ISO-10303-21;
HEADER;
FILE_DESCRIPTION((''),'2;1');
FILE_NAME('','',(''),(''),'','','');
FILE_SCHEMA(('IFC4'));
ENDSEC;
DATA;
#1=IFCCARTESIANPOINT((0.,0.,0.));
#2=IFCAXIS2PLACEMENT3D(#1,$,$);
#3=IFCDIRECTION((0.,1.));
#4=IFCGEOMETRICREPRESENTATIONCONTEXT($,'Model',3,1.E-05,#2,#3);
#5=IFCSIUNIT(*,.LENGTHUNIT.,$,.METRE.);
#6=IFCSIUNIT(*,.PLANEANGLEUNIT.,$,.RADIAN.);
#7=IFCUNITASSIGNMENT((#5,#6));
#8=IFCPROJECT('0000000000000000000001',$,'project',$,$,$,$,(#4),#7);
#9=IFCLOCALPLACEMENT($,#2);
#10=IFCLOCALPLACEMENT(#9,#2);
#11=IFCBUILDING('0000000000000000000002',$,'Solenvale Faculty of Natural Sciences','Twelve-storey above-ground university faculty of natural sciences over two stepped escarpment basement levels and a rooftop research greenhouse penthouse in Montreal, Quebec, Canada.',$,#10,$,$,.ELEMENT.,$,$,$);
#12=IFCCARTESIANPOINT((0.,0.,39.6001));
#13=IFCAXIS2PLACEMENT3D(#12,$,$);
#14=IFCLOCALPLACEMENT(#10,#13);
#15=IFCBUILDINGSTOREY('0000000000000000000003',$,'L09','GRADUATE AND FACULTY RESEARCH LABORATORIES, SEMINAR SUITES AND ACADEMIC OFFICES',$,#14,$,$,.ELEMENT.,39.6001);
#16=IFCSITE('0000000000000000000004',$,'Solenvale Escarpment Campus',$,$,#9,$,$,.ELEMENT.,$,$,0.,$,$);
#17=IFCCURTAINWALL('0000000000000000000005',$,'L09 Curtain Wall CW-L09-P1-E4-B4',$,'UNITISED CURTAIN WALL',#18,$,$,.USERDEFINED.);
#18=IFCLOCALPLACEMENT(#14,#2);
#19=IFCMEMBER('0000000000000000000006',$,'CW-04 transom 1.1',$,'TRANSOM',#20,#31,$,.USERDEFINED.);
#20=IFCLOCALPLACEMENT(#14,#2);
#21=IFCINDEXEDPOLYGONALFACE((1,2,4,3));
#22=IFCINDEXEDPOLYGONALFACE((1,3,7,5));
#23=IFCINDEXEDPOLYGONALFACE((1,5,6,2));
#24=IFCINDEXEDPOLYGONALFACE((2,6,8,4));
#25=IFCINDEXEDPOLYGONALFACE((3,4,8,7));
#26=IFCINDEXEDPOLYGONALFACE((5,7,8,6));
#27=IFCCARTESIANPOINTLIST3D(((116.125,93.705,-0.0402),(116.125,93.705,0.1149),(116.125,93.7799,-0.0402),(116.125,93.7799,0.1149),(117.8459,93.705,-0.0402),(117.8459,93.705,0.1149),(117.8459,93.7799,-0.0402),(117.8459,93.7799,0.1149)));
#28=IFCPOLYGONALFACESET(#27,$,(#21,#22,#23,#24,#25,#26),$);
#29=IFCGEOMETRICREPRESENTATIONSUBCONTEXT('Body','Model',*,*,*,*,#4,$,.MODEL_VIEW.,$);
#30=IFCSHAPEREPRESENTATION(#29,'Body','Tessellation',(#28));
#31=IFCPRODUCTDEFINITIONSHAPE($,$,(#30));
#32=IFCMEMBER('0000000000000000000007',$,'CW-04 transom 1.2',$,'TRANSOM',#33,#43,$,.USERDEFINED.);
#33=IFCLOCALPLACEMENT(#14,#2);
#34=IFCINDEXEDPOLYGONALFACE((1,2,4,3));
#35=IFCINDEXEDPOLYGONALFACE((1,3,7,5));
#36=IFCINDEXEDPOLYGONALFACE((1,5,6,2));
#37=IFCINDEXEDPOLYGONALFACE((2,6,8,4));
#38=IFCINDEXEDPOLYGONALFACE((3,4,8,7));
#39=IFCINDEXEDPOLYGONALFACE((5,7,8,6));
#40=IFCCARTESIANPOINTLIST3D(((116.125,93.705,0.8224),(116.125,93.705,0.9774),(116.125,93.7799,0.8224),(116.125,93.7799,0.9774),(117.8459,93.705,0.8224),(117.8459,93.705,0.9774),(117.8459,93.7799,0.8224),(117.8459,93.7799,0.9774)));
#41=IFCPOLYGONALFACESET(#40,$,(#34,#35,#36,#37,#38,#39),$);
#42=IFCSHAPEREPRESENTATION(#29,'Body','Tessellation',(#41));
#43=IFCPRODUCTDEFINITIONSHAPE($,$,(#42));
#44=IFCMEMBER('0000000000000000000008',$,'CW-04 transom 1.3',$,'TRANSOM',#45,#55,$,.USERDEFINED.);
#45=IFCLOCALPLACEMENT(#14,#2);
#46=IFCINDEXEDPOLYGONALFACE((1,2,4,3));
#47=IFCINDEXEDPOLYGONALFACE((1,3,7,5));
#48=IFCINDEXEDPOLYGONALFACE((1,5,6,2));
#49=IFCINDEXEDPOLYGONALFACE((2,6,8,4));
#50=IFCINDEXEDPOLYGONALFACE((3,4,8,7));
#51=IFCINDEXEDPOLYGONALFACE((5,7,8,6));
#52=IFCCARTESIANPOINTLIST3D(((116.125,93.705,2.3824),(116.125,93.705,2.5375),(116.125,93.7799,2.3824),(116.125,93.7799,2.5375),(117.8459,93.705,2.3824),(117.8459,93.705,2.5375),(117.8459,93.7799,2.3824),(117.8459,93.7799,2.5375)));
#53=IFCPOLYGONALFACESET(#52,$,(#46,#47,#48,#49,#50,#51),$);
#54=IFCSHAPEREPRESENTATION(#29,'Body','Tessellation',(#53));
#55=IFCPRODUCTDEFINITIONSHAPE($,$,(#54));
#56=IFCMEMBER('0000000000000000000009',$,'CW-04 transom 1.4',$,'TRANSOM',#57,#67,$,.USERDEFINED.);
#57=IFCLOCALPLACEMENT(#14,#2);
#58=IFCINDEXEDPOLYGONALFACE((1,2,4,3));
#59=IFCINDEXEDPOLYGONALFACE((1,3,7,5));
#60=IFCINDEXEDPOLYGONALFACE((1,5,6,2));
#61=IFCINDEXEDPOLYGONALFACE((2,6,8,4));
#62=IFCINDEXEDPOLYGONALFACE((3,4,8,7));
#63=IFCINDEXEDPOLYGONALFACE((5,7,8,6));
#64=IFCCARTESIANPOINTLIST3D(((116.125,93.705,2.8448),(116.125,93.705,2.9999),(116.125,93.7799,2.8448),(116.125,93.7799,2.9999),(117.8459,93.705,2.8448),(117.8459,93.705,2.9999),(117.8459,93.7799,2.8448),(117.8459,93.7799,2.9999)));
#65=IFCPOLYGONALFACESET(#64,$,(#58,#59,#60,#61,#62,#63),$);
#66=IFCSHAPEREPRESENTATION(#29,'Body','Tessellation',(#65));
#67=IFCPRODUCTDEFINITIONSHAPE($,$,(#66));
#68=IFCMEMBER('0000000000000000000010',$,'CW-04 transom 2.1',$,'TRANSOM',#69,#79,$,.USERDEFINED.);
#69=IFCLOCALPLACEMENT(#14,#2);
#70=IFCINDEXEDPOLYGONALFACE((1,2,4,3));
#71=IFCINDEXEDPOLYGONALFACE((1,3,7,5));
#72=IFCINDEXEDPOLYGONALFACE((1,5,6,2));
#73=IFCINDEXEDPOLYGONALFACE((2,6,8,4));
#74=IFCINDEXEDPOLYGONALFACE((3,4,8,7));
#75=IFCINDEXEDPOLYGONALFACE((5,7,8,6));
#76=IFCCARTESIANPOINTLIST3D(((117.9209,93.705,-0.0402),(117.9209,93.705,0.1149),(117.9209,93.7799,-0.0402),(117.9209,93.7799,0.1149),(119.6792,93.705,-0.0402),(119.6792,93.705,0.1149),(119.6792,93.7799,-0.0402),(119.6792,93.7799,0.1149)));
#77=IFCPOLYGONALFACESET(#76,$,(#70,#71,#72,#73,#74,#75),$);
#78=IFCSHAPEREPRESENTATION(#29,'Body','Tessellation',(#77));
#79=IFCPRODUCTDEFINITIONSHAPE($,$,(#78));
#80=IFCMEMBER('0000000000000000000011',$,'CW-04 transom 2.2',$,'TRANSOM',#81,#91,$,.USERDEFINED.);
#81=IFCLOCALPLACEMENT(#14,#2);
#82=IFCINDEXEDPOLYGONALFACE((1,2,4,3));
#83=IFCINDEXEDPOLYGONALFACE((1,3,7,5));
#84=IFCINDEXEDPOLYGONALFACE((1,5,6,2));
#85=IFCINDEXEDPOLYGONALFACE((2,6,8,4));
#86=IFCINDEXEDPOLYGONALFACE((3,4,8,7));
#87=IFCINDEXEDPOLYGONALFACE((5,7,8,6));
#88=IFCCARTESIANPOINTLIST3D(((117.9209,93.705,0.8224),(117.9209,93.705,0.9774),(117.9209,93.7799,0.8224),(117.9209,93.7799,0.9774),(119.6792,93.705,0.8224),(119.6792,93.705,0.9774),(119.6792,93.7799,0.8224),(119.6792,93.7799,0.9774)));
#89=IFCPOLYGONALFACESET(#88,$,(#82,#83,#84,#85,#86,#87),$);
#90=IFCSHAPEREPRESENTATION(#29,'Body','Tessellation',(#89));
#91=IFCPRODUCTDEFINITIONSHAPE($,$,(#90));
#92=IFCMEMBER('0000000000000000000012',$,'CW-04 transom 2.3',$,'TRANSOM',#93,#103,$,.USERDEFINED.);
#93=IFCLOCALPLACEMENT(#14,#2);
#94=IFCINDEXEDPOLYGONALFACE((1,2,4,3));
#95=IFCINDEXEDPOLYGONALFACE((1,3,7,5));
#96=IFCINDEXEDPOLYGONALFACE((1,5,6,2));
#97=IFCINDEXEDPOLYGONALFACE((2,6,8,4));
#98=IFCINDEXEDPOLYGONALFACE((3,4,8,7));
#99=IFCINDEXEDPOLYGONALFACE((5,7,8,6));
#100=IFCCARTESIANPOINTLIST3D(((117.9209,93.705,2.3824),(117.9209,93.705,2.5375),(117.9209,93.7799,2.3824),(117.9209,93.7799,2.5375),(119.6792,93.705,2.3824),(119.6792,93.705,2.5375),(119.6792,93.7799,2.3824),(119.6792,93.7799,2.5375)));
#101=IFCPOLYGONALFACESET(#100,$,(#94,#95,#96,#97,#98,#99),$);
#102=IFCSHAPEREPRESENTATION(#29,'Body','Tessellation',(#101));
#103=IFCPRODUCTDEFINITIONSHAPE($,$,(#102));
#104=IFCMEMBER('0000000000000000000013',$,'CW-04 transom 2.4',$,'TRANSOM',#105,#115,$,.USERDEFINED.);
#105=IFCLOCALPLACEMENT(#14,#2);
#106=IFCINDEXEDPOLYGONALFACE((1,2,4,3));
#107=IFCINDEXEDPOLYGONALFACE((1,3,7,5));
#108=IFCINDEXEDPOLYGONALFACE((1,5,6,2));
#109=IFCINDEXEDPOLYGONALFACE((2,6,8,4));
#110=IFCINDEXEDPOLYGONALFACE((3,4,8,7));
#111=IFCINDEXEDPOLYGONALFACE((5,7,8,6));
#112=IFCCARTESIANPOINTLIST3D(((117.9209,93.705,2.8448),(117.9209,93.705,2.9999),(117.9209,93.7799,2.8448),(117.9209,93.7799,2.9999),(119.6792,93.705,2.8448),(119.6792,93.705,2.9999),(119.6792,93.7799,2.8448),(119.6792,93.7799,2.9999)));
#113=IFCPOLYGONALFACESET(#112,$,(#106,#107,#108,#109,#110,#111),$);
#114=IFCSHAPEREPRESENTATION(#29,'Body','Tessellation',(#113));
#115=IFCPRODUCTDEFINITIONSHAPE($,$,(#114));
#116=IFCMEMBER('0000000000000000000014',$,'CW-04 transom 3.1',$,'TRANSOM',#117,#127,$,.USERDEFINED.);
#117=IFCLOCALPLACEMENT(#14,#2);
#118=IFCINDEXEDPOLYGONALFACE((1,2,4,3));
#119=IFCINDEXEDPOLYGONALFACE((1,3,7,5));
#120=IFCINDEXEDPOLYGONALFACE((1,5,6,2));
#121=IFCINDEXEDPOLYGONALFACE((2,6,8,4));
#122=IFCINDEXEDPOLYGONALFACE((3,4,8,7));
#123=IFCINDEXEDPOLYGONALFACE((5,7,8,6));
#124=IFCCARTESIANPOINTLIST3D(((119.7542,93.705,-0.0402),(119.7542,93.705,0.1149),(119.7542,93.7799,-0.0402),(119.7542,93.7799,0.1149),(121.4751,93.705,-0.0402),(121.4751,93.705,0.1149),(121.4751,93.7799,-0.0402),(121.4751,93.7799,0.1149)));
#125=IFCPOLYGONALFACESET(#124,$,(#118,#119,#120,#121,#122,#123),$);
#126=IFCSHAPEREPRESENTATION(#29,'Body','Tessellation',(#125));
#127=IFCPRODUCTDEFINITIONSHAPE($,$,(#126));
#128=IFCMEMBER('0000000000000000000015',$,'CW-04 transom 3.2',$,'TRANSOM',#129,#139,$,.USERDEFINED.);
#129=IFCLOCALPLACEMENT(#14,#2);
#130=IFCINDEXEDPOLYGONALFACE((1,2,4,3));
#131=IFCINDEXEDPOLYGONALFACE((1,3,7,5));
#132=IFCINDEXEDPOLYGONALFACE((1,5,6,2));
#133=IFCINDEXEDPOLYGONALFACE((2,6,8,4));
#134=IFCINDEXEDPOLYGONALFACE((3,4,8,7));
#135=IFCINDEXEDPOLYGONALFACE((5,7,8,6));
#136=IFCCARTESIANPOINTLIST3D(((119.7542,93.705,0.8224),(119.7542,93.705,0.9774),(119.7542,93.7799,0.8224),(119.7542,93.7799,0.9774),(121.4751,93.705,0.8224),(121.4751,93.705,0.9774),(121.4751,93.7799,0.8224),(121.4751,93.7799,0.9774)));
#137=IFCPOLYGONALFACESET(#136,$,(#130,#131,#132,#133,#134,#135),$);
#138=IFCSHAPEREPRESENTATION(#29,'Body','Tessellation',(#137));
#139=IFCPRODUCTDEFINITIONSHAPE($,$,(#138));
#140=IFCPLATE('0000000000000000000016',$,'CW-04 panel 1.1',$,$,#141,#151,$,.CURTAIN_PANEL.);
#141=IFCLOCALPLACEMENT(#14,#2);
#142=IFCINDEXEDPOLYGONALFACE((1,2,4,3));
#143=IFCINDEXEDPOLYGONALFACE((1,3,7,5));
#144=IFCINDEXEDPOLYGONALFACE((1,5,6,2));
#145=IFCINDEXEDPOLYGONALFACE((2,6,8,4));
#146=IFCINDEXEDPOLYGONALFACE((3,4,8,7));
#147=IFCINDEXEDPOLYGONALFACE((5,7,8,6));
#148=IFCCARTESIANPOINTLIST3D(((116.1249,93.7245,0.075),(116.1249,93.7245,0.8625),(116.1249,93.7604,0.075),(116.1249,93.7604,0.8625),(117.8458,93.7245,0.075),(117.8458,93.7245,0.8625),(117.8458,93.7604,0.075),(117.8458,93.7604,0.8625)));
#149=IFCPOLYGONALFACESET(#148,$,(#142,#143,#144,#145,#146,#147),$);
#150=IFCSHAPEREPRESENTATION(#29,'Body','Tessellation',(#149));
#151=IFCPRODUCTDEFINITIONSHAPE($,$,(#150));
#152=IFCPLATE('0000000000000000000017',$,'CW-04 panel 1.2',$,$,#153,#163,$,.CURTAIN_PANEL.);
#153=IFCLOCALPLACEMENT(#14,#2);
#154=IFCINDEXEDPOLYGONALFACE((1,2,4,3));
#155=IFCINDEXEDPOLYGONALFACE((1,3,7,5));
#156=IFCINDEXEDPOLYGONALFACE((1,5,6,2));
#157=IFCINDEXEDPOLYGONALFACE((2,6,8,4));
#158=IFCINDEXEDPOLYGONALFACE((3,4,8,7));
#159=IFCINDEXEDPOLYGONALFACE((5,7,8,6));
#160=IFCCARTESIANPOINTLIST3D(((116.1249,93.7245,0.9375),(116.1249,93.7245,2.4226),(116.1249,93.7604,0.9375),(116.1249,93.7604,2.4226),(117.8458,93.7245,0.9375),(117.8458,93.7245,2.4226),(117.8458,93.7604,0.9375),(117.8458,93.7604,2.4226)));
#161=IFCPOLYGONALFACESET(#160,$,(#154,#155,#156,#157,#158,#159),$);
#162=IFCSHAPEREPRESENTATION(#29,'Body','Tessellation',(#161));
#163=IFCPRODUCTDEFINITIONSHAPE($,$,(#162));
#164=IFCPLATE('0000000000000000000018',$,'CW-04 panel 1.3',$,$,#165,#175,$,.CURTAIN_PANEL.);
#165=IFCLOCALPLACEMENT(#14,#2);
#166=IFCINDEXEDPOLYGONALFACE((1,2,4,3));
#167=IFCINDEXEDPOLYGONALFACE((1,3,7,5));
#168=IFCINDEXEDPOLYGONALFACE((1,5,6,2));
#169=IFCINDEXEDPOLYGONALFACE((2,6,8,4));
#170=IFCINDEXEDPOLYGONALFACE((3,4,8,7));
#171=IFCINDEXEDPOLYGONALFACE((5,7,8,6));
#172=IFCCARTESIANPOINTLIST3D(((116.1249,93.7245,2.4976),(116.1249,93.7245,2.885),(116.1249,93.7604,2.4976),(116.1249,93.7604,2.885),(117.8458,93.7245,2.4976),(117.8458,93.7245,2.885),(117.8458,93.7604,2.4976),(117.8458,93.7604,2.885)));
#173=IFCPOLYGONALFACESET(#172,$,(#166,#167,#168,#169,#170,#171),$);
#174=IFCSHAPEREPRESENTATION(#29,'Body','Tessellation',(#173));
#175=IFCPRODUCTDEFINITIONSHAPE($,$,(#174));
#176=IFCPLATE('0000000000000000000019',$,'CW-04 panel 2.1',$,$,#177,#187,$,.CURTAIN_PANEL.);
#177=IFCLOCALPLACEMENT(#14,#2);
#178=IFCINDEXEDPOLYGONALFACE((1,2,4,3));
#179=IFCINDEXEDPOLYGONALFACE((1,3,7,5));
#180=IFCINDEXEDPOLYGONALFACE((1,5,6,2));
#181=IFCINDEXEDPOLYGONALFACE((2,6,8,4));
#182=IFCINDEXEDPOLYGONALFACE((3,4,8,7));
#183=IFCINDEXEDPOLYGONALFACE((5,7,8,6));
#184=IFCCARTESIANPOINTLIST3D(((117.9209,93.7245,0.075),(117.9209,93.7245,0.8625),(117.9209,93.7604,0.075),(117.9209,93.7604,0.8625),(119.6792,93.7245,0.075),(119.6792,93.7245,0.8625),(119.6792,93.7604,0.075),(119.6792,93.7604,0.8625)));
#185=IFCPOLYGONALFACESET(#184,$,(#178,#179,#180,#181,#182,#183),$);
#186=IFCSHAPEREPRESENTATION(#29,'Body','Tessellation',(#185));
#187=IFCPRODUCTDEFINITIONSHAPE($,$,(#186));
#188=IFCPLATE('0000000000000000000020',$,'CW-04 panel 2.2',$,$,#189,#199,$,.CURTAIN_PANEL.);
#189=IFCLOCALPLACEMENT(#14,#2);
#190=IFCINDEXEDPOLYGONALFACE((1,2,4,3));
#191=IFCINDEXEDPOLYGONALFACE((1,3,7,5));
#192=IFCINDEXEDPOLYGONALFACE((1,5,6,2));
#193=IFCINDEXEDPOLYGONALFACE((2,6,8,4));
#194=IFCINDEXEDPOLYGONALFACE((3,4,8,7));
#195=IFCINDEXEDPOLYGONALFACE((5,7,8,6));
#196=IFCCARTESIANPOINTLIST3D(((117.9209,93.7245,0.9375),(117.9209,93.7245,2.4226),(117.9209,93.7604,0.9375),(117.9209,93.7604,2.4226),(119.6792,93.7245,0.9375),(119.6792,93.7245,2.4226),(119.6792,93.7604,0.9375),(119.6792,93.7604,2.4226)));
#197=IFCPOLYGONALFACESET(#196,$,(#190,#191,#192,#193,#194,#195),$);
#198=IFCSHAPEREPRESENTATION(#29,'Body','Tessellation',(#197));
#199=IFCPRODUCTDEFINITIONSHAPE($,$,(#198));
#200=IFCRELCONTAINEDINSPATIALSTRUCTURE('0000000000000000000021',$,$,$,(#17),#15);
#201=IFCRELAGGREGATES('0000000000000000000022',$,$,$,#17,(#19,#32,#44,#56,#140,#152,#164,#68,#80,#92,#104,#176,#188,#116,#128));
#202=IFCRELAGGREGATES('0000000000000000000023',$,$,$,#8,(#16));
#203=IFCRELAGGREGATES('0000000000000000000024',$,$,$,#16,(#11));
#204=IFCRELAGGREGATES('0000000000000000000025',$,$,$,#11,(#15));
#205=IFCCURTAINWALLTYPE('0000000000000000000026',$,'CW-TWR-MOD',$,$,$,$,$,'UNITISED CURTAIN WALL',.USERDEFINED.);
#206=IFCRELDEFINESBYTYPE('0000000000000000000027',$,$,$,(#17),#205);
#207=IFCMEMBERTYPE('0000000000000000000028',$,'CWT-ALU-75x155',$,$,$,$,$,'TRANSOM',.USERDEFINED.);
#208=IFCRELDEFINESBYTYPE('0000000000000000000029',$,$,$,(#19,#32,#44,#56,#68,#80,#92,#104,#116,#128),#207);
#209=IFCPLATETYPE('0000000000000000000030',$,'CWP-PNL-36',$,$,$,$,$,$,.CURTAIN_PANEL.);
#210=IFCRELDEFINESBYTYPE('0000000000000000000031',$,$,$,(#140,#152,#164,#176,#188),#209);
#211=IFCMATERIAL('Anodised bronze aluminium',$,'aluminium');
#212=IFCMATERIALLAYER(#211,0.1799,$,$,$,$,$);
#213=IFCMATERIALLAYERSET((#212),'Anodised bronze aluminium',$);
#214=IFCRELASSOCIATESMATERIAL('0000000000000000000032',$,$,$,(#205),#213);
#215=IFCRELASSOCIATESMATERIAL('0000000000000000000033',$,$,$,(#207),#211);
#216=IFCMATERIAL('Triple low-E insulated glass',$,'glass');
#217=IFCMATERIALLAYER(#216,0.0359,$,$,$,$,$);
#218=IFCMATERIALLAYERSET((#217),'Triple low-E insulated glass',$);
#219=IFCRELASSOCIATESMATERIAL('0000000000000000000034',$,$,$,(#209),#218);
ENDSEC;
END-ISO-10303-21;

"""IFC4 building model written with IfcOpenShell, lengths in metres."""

from ifc_helpers import new_model, si_unit, direction, frame, origin, origin_2d, place, context, subcontext, project, spatial, rectangle, extrude, material, layer, layer_set, material_profile, profile_set, type_object, element, aggregate, save


model = new_model("IFC4")

# Units and contexts
model_context = context("Model", 3, precision=1e-05, world=origin(), true_north=direction((0.0, 1.0)))
body_context = subcontext(model_context, "Body", "Model", "MODEL_VIEW")
ifc_project = project(units=[si_unit("LENGTHUNIT", "METRE"), si_unit("PLANEANGLEUNIT", "RADIAN")], contexts=[model_context])

# Site, building, storey
site_placement = place(None, origin())
site = spatial("IfcSite", under=ifc_project, at=site_placement, Name="Solenvale Escarpment Campus", CompositionType="ELEMENT", RefElevation=0.0)
building_placement = place(site_placement, origin())
building = spatial("IfcBuilding", under=site, at=building_placement, Name="Solenvale Faculty of Natural Sciences", Description="Twelve-storey above-ground university faculty of natural sciences over two stepped escarpment basement levels and a rooftop research greenhouse penthouse in Montreal, Quebec, Canada.", CompositionType="ELEMENT")
storey_placement = place(building_placement, frame((0.0, 0.0, 39.6001)))
storey = spatial("IfcBuildingStorey", under=building, at=storey_placement, Name="L09", Description="GRADUATE AND FACULTY RESEARCH LABORATORIES, SEMINAR SUITES AND ACADEMIC OFFICES", CompositionType="ELEMENT", Elevation=39.6001)

# Curtain wall, members, plates
ifc_material_1 = material(Name="Anodised bronze aluminium", Category="aluminium")
ifc_layer_1 = layer(ifc_material_1, 0.1799)
ifc_layer_set_1 = layer_set([ifc_layer_1], Name="Anodised bronze aluminium")
curtain_wall_type = type_object("IfcCurtainWallType", Name="CW-TWR-MOD", ElementType="UNITISED CURTAIN WALL", PredefinedType="USERDEFINED", material=ifc_layer_set_1)
curtain_wall_placement = place(storey_placement, origin())
curtain_wall = element("IfcCurtainWall", 1, at=curtain_wall_placement, inside=storey, type_object=curtain_wall_type, Name="L09 Curtain Wall CW-L09-P1-E4-B4", ObjectType="UNITISED CURTAIN WALL", PredefinedType="USERDEFINED")
ifc_material_profile_1 = material_profile(ifc_material_1, rectangle(XDim=0.075, YDim=0.155, at=origin_2d()), Name="ALU-TRN-75x155")
ifc_profile_set_1 = profile_set([ifc_material_profile_1], Name="Anodised bronze aluminium")
member_type_1 = type_object("IfcMemberType", Name="CWT-ALU-75x155", ElementType="TRANSOM", PredefinedType="USERDEFINED", material=ifc_profile_set_1)
member_1_placement = place(storey_placement, frame((116.125, 93.7424, 0.0374), z_axis=(1.0, 0.0, 0.0), x_axis=(0.0, 1.0, 0.0)))
member_1 = element("IfcMember", 2, at=member_1_placement, type_object=member_type_1, Name="CW-04 transom 1.1", ObjectType="TRANSOM", PredefinedType="USERDEFINED", context=body_context, shape_type="SweptSolid", body=[
    extrude(rectangle(XDim=0.075, YDim=0.155, at=origin_2d()), origin(), (0.0, 0.0, 1.0), 1.7209),
])
member_2_placement = place(storey_placement, frame((116.125, 93.7424, 0.8999), z_axis=(1.0, 0.0, 0.0), x_axis=(0.0, 1.0, 0.0)))
member_2 = element("IfcMember", 3, at=member_2_placement, type_object=member_type_1, Name="CW-04 transom 1.2", ObjectType="TRANSOM", PredefinedType="USERDEFINED", context=body_context, shape_type="SweptSolid", body=[
    extrude(rectangle(XDim=0.075, YDim=0.155, at=origin_2d()), origin(), (0.0, 0.0, 1.0), 1.7209),
])
member_3_placement = place(storey_placement, frame((116.125, 93.7424, 2.46), z_axis=(1.0, 0.0, 0.0), x_axis=(0.0, 1.0, 0.0)))
member_3 = element("IfcMember", 4, at=member_3_placement, type_object=member_type_1, Name="CW-04 transom 1.3", ObjectType="TRANSOM", PredefinedType="USERDEFINED", context=body_context, shape_type="SweptSolid", body=[
    extrude(rectangle(XDim=0.075, YDim=0.155, at=origin_2d()), origin(), (0.0, 0.0, 1.0), 1.7209),
])
member_4_placement = place(storey_placement, frame((116.125, 93.7424, 2.9224), z_axis=(1.0, 0.0, 0.0), x_axis=(0.0, 1.0, 0.0)))
member_4 = element("IfcMember", 5, at=member_4_placement, type_object=member_type_1, Name="CW-04 transom 1.4", ObjectType="TRANSOM", PredefinedType="USERDEFINED", context=body_context, shape_type="SweptSolid", body=[
    extrude(rectangle(XDim=0.075, YDim=0.155, at=origin_2d()), origin(), (0.0, 0.0, 1.0), 1.7209),
])
member_5_placement = place(storey_placement, frame((117.9209, 93.7424, 0.0374), z_axis=(1.0, 0.0, 0.0), x_axis=(0.0, 1.0, 0.0)))
member_5 = element("IfcMember", 6, at=member_5_placement, type_object=member_type_1, Name="CW-04 transom 2.1", ObjectType="TRANSOM", PredefinedType="USERDEFINED", context=body_context, shape_type="SweptSolid", body=[
    extrude(rectangle(XDim=0.075, YDim=0.155, at=origin_2d()), origin(), (0.0, 0.0, 1.0), 1.7583),
])
member_6_placement = place(storey_placement, frame((117.9209, 93.7424, 0.8999), z_axis=(1.0, 0.0, 0.0), x_axis=(0.0, 1.0, 0.0)))
member_6 = element("IfcMember", 7, at=member_6_placement, type_object=member_type_1, Name="CW-04 transom 2.2", ObjectType="TRANSOM", PredefinedType="USERDEFINED", context=body_context, shape_type="SweptSolid", body=[
    extrude(rectangle(XDim=0.075, YDim=0.155, at=origin_2d()), origin(), (0.0, 0.0, 1.0), 1.7583),
])
member_7_placement = place(storey_placement, frame((117.9209, 93.7424, 2.46), z_axis=(1.0, 0.0, 0.0), x_axis=(0.0, 1.0, 0.0)))
member_7 = element("IfcMember", 8, at=member_7_placement, type_object=member_type_1, Name="CW-04 transom 2.3", ObjectType="TRANSOM", PredefinedType="USERDEFINED", context=body_context, shape_type="SweptSolid", body=[
    extrude(rectangle(XDim=0.075, YDim=0.155, at=origin_2d()), origin(), (0.0, 0.0, 1.0), 1.7583),
])
member_8_placement = place(storey_placement, frame((117.9209, 93.7424, 2.9224), z_axis=(1.0, 0.0, 0.0), x_axis=(0.0, 1.0, 0.0)))
member_8 = element("IfcMember", 9, at=member_8_placement, type_object=member_type_1, Name="CW-04 transom 2.4", ObjectType="TRANSOM", PredefinedType="USERDEFINED", context=body_context, shape_type="SweptSolid", body=[
    extrude(rectangle(XDim=0.075, YDim=0.155, at=origin_2d()), origin(), (0.0, 0.0, 1.0), 1.7583),
])
member_9_placement = place(storey_placement, frame((119.7542, 93.7424, 0.0374), z_axis=(1.0, 0.0, 0.0), x_axis=(0.0, 1.0, 0.0)))
member_9 = element("IfcMember", 10, at=member_9_placement, type_object=member_type_1, Name="CW-04 transom 3.1", ObjectType="TRANSOM", PredefinedType="USERDEFINED", context=body_context, shape_type="SweptSolid", body=[
    extrude(rectangle(XDim=0.075, YDim=0.155, at=origin_2d()), origin(), (0.0, 0.0, 1.0), 1.7209),
])
member_10_placement = place(storey_placement, frame((119.7542, 93.7424, 0.8999), z_axis=(1.0, 0.0, 0.0), x_axis=(0.0, 1.0, 0.0)))
member_10 = element("IfcMember", 11, at=member_10_placement, type_object=member_type_1, Name="CW-04 transom 3.2", ObjectType="TRANSOM", PredefinedType="USERDEFINED", context=body_context, shape_type="SweptSolid", body=[
    extrude(rectangle(XDim=0.075, YDim=0.155, at=origin_2d()), origin(), (0.0, 0.0, 1.0), 1.7209),
])
ifc_material_2 = material(Name="Triple low-E insulated glass", Category="glass")
ifc_layer_2 = layer(ifc_material_2, 0.0359)
ifc_layer_set_2 = layer_set([ifc_layer_2], Name="Triple low-E insulated glass")
plate_type = type_object("IfcPlateType", Name="CWP-PNL-36", PredefinedType="CURTAIN_PANEL", material=ifc_layer_set_2)
plate_1_placement = place(storey_placement, frame((116.9854, 93.7424, 0.075), z_axis=(0.0, 0.0, 1.0), x_axis=(1.0, 0.0, 0.0)))
plate_1 = element("IfcPlate", 12, at=plate_1_placement, type_object=plate_type, Name="CW-04 panel 1.1", PredefinedType="CURTAIN_PANEL", context=body_context, shape_type="SweptSolid", body=[
    extrude(rectangle(XDim=1.7209, YDim=0.0359, at=origin_2d()), origin(), (0.0, 0.0, 1.0), 0.7876),
])
plate_2_placement = place(storey_placement, frame((116.9854, 93.7424, 0.9375), z_axis=(0.0, 0.0, 1.0), x_axis=(1.0, 0.0, 0.0)))
plate_2 = element("IfcPlate", 13, at=plate_2_placement, type_object=plate_type, Name="CW-04 panel 1.2", PredefinedType="CURTAIN_PANEL", context=body_context, shape_type="SweptSolid", body=[
    extrude(rectangle(XDim=1.7209, YDim=0.0359, at=origin_2d()), origin(), (0.0, 0.0, 1.0), 1.4851),
])
plate_3_placement = place(storey_placement, frame((116.9854, 93.7424, 2.4976), z_axis=(0.0, 0.0, 1.0), x_axis=(1.0, 0.0, 0.0)))
plate_3 = element("IfcPlate", 14, at=plate_3_placement, type_object=plate_type, Name="CW-04 panel 1.3", PredefinedType="CURTAIN_PANEL", context=body_context, shape_type="SweptSolid", body=[
    extrude(rectangle(XDim=1.7209, YDim=0.0359, at=origin_2d()), origin(), (0.0, 0.0, 1.0), 0.3875),
])
plate_4_placement = place(storey_placement, frame((118.8, 93.7424, 0.075), z_axis=(0.0, 0.0, 1.0), x_axis=(1.0, 0.0, 0.0)))
plate_4 = element("IfcPlate", 15, at=plate_4_placement, type_object=plate_type, Name="CW-04 panel 2.1", PredefinedType="CURTAIN_PANEL", context=body_context, shape_type="SweptSolid", body=[
    extrude(rectangle(XDim=1.7583, YDim=0.0359, at=origin_2d()), origin(), (0.0, 0.0, 1.0), 0.7876),
])
plate_5_placement = place(storey_placement, frame((118.8, 93.7424, 0.9375), z_axis=(0.0, 0.0, 1.0), x_axis=(1.0, 0.0, 0.0)))
plate_5 = element("IfcPlate", 16, at=plate_5_placement, type_object=plate_type, Name="CW-04 panel 2.2", PredefinedType="CURTAIN_PANEL", context=body_context, shape_type="SweptSolid", body=[
    extrude(rectangle(XDim=1.7583, YDim=0.0359, at=origin_2d()), origin(), (0.0, 0.0, 1.0), 1.4851),
])
aggregate(curtain_wall, [member_1, member_2, member_3, member_4, plate_1, plate_2, plate_3, member_5, member_6, member_7, member_8, plate_4, plate_5, member_9, member_10])

save(model, "model.ifc")
